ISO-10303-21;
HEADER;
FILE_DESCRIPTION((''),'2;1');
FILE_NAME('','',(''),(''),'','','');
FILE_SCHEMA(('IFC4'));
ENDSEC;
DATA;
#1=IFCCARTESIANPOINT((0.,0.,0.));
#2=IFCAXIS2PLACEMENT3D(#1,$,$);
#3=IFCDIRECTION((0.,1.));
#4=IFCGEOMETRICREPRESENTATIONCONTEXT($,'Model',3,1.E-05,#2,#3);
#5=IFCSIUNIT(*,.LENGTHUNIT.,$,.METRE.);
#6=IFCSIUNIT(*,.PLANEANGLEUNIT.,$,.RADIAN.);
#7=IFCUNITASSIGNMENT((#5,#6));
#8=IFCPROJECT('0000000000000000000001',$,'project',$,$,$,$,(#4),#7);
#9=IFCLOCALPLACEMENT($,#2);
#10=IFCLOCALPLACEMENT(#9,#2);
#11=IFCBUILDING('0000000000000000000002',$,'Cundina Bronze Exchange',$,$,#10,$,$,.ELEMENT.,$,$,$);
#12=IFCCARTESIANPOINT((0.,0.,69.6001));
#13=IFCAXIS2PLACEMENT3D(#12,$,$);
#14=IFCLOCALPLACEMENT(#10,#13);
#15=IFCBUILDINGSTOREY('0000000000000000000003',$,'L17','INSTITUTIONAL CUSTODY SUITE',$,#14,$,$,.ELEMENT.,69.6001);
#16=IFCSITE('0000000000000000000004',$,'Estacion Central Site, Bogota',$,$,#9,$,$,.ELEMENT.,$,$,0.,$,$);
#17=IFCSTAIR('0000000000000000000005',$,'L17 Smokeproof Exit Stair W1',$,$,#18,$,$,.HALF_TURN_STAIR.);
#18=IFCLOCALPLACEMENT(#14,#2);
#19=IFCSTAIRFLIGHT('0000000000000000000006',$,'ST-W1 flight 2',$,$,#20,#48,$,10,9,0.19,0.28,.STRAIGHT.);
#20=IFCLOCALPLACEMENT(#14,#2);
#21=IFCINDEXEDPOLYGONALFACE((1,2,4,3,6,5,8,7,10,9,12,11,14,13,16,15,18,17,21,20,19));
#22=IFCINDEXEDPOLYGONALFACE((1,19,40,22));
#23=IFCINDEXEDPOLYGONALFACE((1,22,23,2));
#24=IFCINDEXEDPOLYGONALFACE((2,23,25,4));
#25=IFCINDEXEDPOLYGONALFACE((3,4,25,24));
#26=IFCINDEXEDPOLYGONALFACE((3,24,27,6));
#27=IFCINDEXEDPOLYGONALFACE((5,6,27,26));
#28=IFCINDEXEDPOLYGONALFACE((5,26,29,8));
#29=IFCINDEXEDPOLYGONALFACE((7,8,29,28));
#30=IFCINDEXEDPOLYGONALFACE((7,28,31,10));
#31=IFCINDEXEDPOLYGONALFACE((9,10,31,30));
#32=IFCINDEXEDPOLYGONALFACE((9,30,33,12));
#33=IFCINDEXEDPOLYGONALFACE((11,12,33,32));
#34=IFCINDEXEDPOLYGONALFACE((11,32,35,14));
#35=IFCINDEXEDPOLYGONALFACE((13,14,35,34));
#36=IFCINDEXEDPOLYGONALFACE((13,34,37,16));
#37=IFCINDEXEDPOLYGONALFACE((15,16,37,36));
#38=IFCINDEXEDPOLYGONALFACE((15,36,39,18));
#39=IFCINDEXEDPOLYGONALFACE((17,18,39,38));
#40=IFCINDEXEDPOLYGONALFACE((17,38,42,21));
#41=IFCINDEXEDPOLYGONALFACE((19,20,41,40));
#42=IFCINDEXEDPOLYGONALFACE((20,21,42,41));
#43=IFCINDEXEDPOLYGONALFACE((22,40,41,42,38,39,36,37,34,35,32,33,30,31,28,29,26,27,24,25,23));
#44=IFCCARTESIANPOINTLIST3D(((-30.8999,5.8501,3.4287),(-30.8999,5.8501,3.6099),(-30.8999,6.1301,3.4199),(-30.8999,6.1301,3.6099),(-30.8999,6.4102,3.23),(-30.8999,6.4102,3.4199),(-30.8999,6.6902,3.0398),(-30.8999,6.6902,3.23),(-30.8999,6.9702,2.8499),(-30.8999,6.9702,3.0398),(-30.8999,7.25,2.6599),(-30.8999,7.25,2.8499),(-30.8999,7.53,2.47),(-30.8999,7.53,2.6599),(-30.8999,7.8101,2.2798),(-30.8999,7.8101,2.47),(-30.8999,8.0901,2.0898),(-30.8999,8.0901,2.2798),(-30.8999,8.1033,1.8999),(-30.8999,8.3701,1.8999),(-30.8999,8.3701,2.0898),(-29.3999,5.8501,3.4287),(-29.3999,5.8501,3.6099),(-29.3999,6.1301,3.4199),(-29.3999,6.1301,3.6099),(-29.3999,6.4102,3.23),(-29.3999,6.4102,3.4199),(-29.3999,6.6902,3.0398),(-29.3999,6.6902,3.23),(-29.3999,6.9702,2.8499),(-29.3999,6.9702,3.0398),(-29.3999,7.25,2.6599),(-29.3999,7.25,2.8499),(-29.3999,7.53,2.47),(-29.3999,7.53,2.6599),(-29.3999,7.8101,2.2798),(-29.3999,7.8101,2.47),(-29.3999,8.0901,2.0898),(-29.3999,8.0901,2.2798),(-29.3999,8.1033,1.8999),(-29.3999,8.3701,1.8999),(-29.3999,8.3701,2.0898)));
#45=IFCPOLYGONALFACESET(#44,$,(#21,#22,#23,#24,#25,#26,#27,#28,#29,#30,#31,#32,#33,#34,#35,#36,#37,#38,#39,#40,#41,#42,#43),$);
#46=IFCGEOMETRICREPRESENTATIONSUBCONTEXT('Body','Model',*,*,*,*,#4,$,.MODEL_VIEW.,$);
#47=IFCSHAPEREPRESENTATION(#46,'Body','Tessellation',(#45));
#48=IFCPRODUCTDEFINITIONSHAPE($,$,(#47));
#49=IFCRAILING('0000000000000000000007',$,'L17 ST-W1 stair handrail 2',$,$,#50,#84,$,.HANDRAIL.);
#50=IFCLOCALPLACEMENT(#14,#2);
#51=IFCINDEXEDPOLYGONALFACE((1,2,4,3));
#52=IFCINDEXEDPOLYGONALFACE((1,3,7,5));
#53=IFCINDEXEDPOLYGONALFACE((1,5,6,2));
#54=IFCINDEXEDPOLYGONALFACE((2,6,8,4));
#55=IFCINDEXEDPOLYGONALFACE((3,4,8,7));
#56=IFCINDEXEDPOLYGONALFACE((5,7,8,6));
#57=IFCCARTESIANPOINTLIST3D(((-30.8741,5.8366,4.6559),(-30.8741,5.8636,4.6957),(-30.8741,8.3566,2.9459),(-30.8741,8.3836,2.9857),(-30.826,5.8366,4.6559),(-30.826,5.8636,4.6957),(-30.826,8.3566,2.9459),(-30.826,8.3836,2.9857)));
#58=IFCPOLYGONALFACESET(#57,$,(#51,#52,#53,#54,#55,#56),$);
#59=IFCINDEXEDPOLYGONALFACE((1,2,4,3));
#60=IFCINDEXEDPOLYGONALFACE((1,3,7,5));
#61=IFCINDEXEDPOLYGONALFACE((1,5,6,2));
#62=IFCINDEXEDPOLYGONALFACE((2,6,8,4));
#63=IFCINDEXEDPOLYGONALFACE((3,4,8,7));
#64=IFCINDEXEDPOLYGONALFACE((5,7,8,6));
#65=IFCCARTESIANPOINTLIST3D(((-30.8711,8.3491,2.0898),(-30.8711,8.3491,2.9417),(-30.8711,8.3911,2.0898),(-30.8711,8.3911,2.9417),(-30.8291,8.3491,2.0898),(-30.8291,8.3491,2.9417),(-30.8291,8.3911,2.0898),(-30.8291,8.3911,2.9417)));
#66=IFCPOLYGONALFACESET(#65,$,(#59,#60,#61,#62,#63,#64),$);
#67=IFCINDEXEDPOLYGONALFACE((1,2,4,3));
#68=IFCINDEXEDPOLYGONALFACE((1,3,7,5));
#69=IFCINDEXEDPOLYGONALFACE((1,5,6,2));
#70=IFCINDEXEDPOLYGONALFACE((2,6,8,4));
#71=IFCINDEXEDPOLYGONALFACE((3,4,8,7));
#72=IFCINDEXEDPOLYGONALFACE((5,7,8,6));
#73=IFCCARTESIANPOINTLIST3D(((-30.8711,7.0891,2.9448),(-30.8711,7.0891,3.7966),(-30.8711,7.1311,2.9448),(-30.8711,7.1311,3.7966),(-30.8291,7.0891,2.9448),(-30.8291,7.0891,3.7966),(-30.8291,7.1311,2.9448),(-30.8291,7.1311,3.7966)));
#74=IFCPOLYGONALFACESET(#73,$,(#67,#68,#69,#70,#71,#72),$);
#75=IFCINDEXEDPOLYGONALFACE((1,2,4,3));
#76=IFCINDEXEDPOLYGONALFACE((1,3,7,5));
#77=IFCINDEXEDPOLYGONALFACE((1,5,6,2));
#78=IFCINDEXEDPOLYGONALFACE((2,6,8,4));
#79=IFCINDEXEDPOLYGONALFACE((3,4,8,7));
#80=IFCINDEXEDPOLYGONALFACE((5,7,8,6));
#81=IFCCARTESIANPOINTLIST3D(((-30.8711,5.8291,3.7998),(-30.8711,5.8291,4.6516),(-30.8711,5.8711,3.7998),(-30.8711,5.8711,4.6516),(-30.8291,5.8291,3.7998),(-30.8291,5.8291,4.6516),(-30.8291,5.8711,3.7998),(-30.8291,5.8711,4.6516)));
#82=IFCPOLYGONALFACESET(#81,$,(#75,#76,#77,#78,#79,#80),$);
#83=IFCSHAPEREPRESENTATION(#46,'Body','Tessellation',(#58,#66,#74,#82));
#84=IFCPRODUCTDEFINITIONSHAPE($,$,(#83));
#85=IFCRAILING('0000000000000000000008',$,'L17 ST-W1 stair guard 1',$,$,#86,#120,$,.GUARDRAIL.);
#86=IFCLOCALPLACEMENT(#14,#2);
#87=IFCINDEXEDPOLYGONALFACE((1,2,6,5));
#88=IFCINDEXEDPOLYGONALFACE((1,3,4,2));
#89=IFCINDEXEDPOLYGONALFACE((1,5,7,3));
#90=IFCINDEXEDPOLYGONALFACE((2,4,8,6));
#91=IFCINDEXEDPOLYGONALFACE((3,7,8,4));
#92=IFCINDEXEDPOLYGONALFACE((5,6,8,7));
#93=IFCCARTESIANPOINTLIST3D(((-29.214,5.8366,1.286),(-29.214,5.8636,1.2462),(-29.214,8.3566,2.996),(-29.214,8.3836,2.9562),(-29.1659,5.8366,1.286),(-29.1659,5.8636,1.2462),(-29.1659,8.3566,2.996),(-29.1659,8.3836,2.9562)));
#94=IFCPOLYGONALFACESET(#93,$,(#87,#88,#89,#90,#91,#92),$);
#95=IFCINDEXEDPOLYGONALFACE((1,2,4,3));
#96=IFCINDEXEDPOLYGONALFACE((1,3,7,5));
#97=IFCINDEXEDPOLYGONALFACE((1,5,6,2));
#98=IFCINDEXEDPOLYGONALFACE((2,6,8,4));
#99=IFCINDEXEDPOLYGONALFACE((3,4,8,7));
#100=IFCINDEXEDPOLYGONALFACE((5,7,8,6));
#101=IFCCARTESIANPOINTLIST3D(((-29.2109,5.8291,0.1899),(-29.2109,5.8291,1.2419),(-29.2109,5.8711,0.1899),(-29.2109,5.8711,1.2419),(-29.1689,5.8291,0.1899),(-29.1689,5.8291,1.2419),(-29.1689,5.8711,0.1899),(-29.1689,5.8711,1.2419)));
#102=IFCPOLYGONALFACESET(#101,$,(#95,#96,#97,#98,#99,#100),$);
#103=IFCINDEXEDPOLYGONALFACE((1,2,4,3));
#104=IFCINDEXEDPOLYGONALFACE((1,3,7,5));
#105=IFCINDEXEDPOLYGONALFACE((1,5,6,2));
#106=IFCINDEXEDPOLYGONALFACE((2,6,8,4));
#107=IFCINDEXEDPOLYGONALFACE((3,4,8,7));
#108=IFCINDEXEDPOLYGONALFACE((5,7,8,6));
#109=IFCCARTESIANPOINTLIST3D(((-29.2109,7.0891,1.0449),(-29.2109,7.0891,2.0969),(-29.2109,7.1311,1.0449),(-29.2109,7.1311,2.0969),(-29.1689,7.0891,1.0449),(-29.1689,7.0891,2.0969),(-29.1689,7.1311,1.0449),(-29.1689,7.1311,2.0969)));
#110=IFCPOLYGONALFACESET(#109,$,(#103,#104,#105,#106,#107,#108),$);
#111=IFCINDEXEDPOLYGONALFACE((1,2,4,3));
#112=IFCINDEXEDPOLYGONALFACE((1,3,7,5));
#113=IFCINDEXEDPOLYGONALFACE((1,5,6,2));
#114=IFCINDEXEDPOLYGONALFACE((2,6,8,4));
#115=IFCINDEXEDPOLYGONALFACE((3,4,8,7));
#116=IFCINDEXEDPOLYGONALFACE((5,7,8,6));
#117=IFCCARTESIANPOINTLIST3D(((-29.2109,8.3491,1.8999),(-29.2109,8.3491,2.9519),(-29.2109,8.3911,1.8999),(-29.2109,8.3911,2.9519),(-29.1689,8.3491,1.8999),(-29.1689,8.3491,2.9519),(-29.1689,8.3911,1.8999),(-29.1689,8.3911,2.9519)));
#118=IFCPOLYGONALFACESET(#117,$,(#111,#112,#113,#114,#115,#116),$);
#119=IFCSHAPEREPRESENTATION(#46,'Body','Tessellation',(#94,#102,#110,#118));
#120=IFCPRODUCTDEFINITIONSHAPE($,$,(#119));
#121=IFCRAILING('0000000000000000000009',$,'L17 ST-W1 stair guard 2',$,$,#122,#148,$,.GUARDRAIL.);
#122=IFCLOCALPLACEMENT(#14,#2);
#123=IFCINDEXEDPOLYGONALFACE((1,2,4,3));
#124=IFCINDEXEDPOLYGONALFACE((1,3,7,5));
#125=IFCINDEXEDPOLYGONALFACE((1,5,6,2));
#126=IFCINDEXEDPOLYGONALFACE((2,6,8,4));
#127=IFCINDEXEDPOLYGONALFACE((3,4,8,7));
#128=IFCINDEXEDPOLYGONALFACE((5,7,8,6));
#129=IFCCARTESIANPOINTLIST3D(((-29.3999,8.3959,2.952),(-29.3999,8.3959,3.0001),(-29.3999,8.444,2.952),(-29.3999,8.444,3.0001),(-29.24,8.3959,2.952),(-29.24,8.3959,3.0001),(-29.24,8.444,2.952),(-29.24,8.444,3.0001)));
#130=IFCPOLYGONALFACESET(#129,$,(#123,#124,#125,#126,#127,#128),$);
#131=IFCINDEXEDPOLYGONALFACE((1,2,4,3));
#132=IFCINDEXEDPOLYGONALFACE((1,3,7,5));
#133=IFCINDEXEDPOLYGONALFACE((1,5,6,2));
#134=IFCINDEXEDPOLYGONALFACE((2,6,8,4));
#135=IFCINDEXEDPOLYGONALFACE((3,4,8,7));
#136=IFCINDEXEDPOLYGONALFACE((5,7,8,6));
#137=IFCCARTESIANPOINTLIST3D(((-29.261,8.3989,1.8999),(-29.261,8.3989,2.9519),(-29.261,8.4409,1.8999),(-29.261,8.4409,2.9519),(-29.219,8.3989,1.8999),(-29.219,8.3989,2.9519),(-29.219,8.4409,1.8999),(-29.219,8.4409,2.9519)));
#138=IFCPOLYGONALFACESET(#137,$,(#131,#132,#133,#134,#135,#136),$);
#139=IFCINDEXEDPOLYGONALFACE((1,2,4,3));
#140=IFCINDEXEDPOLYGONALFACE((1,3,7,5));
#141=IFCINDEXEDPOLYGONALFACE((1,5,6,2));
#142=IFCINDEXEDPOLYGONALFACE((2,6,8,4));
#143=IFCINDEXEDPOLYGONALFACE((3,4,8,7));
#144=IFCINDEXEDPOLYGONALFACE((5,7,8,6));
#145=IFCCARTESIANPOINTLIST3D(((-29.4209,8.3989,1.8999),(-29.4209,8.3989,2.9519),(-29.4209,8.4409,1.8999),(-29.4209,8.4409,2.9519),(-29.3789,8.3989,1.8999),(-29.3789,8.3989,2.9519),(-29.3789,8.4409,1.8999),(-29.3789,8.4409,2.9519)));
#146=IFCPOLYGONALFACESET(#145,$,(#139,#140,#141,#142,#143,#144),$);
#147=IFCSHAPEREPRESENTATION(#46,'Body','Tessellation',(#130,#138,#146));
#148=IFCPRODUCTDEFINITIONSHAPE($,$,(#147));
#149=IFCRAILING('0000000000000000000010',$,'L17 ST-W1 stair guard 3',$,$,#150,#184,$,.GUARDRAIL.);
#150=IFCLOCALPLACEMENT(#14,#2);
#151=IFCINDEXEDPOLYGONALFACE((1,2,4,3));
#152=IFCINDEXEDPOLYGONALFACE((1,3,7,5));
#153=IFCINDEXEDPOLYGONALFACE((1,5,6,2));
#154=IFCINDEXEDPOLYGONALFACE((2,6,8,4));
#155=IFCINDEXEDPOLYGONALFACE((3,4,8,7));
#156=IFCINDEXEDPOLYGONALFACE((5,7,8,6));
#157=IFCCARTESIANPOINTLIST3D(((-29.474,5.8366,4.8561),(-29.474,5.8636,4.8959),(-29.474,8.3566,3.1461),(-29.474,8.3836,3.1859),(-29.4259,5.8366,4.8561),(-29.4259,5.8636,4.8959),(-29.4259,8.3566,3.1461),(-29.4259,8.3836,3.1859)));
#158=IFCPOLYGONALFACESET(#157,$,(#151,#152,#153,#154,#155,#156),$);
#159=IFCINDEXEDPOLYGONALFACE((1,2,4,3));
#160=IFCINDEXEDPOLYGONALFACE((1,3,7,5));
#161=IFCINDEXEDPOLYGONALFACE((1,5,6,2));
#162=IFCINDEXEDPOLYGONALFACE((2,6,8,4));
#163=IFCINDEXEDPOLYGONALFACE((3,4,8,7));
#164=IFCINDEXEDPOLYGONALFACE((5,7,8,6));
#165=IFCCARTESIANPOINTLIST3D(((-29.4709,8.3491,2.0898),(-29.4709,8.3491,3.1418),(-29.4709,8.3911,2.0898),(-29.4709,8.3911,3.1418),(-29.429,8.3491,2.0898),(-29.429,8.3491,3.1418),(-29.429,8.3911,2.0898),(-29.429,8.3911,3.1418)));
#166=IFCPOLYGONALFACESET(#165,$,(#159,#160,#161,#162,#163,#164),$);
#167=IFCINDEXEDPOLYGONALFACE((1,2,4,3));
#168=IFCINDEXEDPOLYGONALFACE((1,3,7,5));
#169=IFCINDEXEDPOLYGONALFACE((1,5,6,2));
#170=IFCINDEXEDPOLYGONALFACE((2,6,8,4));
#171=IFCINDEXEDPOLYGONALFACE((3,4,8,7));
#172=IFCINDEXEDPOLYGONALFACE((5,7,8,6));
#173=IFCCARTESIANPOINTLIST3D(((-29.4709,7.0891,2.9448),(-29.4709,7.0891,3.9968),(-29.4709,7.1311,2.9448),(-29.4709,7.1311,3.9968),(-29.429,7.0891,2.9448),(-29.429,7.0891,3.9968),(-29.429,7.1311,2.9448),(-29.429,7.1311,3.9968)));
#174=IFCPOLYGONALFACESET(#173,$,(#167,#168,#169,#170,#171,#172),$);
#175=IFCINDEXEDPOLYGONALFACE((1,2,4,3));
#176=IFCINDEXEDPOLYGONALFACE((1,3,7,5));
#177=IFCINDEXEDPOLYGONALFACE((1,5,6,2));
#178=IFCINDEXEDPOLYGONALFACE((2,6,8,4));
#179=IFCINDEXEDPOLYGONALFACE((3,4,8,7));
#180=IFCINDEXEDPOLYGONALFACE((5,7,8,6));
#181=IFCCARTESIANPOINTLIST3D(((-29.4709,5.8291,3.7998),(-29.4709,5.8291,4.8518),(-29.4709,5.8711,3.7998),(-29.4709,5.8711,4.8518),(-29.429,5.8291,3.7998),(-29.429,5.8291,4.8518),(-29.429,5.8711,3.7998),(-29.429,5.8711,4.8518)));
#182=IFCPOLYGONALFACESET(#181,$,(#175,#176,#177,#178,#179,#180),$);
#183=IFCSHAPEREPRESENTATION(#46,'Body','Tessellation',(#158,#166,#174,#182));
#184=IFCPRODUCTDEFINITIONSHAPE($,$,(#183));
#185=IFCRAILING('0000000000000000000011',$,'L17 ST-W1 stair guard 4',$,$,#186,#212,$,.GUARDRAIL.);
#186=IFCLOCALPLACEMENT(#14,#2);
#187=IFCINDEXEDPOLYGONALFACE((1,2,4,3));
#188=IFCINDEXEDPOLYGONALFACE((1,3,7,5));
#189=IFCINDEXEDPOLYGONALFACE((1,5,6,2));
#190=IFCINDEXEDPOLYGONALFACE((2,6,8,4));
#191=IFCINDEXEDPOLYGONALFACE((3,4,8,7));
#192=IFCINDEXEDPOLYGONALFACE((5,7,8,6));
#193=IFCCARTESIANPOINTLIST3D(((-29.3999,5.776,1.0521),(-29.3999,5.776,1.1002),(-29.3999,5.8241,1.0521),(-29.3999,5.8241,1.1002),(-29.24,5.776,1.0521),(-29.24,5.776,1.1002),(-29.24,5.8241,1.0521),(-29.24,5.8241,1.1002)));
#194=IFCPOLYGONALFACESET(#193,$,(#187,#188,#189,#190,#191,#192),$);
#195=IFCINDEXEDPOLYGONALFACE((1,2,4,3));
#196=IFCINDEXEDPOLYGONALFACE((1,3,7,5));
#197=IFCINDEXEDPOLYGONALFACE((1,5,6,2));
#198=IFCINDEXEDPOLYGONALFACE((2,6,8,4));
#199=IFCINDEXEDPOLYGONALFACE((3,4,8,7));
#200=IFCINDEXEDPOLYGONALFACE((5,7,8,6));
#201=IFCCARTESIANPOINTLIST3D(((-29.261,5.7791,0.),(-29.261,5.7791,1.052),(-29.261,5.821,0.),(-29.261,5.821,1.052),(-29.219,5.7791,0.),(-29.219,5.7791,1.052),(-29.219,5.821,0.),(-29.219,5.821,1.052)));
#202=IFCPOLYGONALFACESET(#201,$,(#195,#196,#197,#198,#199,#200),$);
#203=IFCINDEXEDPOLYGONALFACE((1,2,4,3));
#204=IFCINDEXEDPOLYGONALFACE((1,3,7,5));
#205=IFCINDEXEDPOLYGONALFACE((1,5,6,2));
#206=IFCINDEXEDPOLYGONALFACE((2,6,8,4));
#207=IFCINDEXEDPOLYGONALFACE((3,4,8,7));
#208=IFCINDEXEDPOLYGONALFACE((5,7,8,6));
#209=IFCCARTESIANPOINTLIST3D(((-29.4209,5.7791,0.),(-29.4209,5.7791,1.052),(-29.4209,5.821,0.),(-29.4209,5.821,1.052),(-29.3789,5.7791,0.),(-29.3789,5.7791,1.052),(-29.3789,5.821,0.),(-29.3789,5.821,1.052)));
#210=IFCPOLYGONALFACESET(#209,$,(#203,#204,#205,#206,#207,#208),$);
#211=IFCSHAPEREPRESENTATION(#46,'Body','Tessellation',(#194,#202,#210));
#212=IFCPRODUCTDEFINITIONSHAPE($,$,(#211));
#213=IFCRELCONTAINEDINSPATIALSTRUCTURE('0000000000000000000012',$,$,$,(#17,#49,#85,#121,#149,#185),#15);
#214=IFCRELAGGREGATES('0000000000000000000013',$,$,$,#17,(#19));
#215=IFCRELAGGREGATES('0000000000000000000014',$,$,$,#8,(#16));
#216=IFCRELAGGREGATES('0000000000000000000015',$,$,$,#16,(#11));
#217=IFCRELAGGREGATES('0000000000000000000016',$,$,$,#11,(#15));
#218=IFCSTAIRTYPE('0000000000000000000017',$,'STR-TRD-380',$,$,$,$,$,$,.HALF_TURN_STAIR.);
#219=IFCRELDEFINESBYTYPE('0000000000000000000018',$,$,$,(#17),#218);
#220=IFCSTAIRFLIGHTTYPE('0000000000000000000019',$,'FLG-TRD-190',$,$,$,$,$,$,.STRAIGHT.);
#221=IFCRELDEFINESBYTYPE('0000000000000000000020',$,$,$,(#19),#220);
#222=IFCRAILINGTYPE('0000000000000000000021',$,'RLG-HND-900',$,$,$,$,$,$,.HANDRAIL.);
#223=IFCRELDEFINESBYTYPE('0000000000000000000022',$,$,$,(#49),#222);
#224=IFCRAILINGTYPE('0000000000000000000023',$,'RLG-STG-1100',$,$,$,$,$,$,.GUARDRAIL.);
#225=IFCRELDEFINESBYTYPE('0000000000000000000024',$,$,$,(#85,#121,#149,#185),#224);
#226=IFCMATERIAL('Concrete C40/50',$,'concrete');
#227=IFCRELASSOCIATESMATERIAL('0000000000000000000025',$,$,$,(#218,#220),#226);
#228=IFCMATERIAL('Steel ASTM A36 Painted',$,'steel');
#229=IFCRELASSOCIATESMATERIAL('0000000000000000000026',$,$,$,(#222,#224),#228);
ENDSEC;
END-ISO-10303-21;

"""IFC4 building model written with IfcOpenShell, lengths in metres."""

from ifc_helpers import new_model, si_unit, direction, frame, origin, origin_2d, place, context, subcontext, project, spatial, polyline, rectangle, outline, extrude, material, type_object, element, aggregate, save


model = new_model("IFC4")

# Units and contexts
model_context = context("Model", 3, precision=1e-05, world=origin(), true_north=direction((0.0, 1.0)))
body_context = subcontext(model_context, "Body", "Model", "MODEL_VIEW")
ifc_project = project(units=[si_unit("LENGTHUNIT", "METRE"), si_unit("PLANEANGLEUNIT", "RADIAN")], contexts=[model_context])

# Site, building, storey
site_placement = place(None, origin())
site = spatial("IfcSite", under=ifc_project, at=site_placement, Name="Estacion Central Site, Bogota", CompositionType="ELEMENT", RefElevation=0.0)
building_placement = place(site_placement, origin())
building = spatial("IfcBuilding", under=site, at=building_placement, Name="Cundina Bronze Exchange", CompositionType="ELEMENT")
storey_placement = place(building_placement, frame((0.0, 0.0, 69.6001)))
storey = spatial("IfcBuildingStorey", under=building, at=storey_placement, Name="L17", Description="INSTITUTIONAL CUSTODY SUITE", CompositionType="ELEMENT", Elevation=69.6001)

# Shared definitions
ifc_material_1 = material(Name="Steel ASTM A36 Painted", Category="steel")

# Stair, stair flight
ifc_material_2 = material(Name="Concrete C40/50", Category="concrete")
stair_type = type_object("IfcStairType", Name="STR-TRD-380", PredefinedType="HALF_TURN_STAIR", material=ifc_material_2)
stair_placement = place(storey_placement, origin())
stair = element("IfcStair", 1, at=stair_placement, inside=storey, type_object=stair_type, Name="L17 Smokeproof Exit Stair W1", PredefinedType="HALF_TURN_STAIR")
stair_flight_type = type_object("IfcStairFlightType", Name="FLG-TRD-190", PredefinedType="STRAIGHT", material=ifc_material_2)
stair_flight_1_placement = place(storey_placement, frame((-30.1499, 8.3701, 1.8999), z_axis=(0.0, 0.0, 1.0), x_axis=(0.0, -1.0, 0.0)))
stair_flight_1 = element("IfcStairFlight", 2, at=stair_flight_1_placement, type_object=stair_flight_type, Name="ST-W1 flight 2", NumberOfRisers=10, NumberOfTreads=9, PredefinedType="STRAIGHT", RiserHeight=0.19, TreadLength=0.28, context=body_context, shape_type="SweptSolid", body=[
    extrude(outline(polyline([(0.0, 0.0), (0.0, 0.1899), (0.28, 0.1899), (0.28, 0.3799), (0.5601, 0.3799), (0.5601, 0.5701), (0.8401, 0.5701), (0.8401, 0.76), (1.1201, 0.76), (1.1201, 0.95), (1.3999, 0.95), (1.3999, 1.1399), (1.6799, 1.1399), (1.6799, 1.3301), (1.96, 1.3301), (1.96, 1.52), (2.24, 1.52), (2.24, 1.71), (2.52, 1.71), (2.52, 1.8999), (2.52, 1.5288), (0.2668, 0.0), (0.0, 0.0)])), frame((0.0, 0.75, 0.0), z_axis=(0.0, -1.0, 0.0), x_axis=(1.0, 0.0, 0.0)), (0.0, 0.0, 1.0), 1.5),
])
aggregate(stair, [stair_flight_1])

# Railings
railing_type_1 = type_object("IfcRailingType", Name="RLG-HND-900", PredefinedType="HANDRAIL", material=ifc_material_1)
railing_1_placement = place(storey_placement, frame((-30.8501, 8.3701, 2.0898)))
element("IfcRailing", 3, at=railing_1_placement, inside=storey, type_object=railing_type_1, Name="L17 ST-W1 stair handrail 2", PredefinedType="HANDRAIL", context=body_context, shape_type="SweptSolid", body=[
    extrude(rectangle(XDim=0.0481, YDim=0.0481, at=origin_2d()), frame((0.0, 0.0, 0.876), z_axis=(0.0, -0.827484, 0.56149), x_axis=(1.0, 0.0, 0.0)), (0.0, 0.0, 1.0), 3.0454),
    extrude(rectangle(XDim=0.042, YDim=0.042, at=origin_2d()), origin(), (0.0, 0.0, 1.0), 0.8518),
    extrude(rectangle(XDim=0.042, YDim=0.042, at=origin_2d()), frame((0.0, -1.26, 0.855)), (0.0, 0.0, 1.0), 0.8518),
    extrude(rectangle(XDim=0.042, YDim=0.042, at=origin_2d()), frame((0.0, -2.52, 1.71)), (0.0, 0.0, 1.0), 0.8518),
])
railing_type_2 = type_object("IfcRailingType", Name="RLG-STG-1100", PredefinedType="GUARDRAIL", material=ifc_material_1)
railing_2_placement = place(storey_placement, frame((-29.1899, 5.8501, 0.1899)))
element("IfcRailing", 4, at=railing_2_placement, inside=storey, type_object=railing_type_2, Name="L17 ST-W1 stair guard 1", PredefinedType="GUARDRAIL", context=body_context, shape_type="SweptSolid", body=[
    extrude(rectangle(XDim=0.0481, YDim=0.0481, at=origin_2d()), frame((0.0, 0.0, 1.0762), z_axis=(0.0, 0.827484, 0.56149), x_axis=(-1.0, 0.0, 0.0)), (0.0, 0.0, 1.0), 3.0454),
    extrude(rectangle(XDim=0.042, YDim=0.042, at=origin_2d()), origin(), (0.0, 0.0, 1.0), 1.052),
    extrude(rectangle(XDim=0.042, YDim=0.042, at=origin_2d()), frame((0.0, 1.26, 0.855)), (0.0, 0.0, 1.0), 1.052),
    extrude(rectangle(XDim=0.042, YDim=0.042, at=origin_2d()), frame((0.0, 2.52, 1.71)), (0.0, 0.0, 1.0), 1.052),
])
railing_3_placement = place(storey_placement, frame((-29.24, 8.4199, 1.8999)))
element("IfcRailing", 5, at=railing_3_placement, inside=storey, type_object=railing_type_2, Name="L17 ST-W1 stair guard 2", PredefinedType="GUARDRAIL", context=body_context, shape_type="SweptSolid", body=[
    extrude(rectangle(XDim=0.0481, YDim=0.0481, at=origin_2d()), frame((0.0, 0.0, 1.0762), z_axis=(-1.0, 0.0, 0.0), x_axis=(0.0, -1.0, 0.0)), (0.0, 0.0, 1.0), 0.1599),
    extrude(rectangle(XDim=0.042, YDim=0.042, at=origin_2d()), origin(), (0.0, 0.0, 1.0), 1.052),
    extrude(rectangle(XDim=0.042, YDim=0.042, at=origin_2d()), frame((-0.1599, 0.0, 0.0)), (0.0, 0.0, 1.0), 1.052),
])
railing_4_placement = place(storey_placement, frame((-29.45, 8.3701, 2.0898)))
element("IfcRailing", 6, at=railing_4_placement, inside=storey, type_object=railing_type_2, Name="L17 ST-W1 stair guard 3", PredefinedType="GUARDRAIL", context=body_context, shape_type="SweptSolid", body=[
    extrude(rectangle(XDim=0.0481, YDim=0.0481, at=origin_2d()), frame((0.0, 0.0, 1.0762), z_axis=(0.0, -0.827484, 0.56149), x_axis=(1.0, 0.0, 0.0)), (0.0, 0.0, 1.0), 3.0454),
    extrude(rectangle(XDim=0.042, YDim=0.042, at=origin_2d()), origin(), (0.0, 0.0, 1.0), 1.052),
    extrude(rectangle(XDim=0.042, YDim=0.042, at=origin_2d()), frame((0.0, -1.26, 0.855)), (0.0, 0.0, 1.0), 1.052),
    extrude(rectangle(XDim=0.042, YDim=0.042, at=origin_2d()), frame((0.0, -2.52, 1.71)), (0.0, 0.0, 1.0), 1.052),
])
railing_5_placement = place(storey_placement, frame((-29.24, 5.8, 0.0)))
element("IfcRailing", 7, at=railing_5_placement, inside=storey, type_object=railing_type_2, Name="L17 ST-W1 stair guard 4", PredefinedType="GUARDRAIL", context=body_context, shape_type="SweptSolid", body=[
    extrude(rectangle(XDim=0.0481, YDim=0.0481, at=origin_2d()), frame((0.0, 0.0, 1.0762), z_axis=(-1.0, 0.0, 0.0), x_axis=(0.0, -1.0, 0.0)), (0.0, 0.0, 1.0), 0.1599),
    extrude(rectangle(XDim=0.042, YDim=0.042, at=origin_2d()), origin(), (0.0, 0.0, 1.0), 1.052),
    extrude(rectangle(XDim=0.042, YDim=0.042, at=origin_2d()), frame((-0.1599, 0.0, 0.0)), (0.0, 0.0, 1.0), 1.052),
])

save(model, "model.ifc")
